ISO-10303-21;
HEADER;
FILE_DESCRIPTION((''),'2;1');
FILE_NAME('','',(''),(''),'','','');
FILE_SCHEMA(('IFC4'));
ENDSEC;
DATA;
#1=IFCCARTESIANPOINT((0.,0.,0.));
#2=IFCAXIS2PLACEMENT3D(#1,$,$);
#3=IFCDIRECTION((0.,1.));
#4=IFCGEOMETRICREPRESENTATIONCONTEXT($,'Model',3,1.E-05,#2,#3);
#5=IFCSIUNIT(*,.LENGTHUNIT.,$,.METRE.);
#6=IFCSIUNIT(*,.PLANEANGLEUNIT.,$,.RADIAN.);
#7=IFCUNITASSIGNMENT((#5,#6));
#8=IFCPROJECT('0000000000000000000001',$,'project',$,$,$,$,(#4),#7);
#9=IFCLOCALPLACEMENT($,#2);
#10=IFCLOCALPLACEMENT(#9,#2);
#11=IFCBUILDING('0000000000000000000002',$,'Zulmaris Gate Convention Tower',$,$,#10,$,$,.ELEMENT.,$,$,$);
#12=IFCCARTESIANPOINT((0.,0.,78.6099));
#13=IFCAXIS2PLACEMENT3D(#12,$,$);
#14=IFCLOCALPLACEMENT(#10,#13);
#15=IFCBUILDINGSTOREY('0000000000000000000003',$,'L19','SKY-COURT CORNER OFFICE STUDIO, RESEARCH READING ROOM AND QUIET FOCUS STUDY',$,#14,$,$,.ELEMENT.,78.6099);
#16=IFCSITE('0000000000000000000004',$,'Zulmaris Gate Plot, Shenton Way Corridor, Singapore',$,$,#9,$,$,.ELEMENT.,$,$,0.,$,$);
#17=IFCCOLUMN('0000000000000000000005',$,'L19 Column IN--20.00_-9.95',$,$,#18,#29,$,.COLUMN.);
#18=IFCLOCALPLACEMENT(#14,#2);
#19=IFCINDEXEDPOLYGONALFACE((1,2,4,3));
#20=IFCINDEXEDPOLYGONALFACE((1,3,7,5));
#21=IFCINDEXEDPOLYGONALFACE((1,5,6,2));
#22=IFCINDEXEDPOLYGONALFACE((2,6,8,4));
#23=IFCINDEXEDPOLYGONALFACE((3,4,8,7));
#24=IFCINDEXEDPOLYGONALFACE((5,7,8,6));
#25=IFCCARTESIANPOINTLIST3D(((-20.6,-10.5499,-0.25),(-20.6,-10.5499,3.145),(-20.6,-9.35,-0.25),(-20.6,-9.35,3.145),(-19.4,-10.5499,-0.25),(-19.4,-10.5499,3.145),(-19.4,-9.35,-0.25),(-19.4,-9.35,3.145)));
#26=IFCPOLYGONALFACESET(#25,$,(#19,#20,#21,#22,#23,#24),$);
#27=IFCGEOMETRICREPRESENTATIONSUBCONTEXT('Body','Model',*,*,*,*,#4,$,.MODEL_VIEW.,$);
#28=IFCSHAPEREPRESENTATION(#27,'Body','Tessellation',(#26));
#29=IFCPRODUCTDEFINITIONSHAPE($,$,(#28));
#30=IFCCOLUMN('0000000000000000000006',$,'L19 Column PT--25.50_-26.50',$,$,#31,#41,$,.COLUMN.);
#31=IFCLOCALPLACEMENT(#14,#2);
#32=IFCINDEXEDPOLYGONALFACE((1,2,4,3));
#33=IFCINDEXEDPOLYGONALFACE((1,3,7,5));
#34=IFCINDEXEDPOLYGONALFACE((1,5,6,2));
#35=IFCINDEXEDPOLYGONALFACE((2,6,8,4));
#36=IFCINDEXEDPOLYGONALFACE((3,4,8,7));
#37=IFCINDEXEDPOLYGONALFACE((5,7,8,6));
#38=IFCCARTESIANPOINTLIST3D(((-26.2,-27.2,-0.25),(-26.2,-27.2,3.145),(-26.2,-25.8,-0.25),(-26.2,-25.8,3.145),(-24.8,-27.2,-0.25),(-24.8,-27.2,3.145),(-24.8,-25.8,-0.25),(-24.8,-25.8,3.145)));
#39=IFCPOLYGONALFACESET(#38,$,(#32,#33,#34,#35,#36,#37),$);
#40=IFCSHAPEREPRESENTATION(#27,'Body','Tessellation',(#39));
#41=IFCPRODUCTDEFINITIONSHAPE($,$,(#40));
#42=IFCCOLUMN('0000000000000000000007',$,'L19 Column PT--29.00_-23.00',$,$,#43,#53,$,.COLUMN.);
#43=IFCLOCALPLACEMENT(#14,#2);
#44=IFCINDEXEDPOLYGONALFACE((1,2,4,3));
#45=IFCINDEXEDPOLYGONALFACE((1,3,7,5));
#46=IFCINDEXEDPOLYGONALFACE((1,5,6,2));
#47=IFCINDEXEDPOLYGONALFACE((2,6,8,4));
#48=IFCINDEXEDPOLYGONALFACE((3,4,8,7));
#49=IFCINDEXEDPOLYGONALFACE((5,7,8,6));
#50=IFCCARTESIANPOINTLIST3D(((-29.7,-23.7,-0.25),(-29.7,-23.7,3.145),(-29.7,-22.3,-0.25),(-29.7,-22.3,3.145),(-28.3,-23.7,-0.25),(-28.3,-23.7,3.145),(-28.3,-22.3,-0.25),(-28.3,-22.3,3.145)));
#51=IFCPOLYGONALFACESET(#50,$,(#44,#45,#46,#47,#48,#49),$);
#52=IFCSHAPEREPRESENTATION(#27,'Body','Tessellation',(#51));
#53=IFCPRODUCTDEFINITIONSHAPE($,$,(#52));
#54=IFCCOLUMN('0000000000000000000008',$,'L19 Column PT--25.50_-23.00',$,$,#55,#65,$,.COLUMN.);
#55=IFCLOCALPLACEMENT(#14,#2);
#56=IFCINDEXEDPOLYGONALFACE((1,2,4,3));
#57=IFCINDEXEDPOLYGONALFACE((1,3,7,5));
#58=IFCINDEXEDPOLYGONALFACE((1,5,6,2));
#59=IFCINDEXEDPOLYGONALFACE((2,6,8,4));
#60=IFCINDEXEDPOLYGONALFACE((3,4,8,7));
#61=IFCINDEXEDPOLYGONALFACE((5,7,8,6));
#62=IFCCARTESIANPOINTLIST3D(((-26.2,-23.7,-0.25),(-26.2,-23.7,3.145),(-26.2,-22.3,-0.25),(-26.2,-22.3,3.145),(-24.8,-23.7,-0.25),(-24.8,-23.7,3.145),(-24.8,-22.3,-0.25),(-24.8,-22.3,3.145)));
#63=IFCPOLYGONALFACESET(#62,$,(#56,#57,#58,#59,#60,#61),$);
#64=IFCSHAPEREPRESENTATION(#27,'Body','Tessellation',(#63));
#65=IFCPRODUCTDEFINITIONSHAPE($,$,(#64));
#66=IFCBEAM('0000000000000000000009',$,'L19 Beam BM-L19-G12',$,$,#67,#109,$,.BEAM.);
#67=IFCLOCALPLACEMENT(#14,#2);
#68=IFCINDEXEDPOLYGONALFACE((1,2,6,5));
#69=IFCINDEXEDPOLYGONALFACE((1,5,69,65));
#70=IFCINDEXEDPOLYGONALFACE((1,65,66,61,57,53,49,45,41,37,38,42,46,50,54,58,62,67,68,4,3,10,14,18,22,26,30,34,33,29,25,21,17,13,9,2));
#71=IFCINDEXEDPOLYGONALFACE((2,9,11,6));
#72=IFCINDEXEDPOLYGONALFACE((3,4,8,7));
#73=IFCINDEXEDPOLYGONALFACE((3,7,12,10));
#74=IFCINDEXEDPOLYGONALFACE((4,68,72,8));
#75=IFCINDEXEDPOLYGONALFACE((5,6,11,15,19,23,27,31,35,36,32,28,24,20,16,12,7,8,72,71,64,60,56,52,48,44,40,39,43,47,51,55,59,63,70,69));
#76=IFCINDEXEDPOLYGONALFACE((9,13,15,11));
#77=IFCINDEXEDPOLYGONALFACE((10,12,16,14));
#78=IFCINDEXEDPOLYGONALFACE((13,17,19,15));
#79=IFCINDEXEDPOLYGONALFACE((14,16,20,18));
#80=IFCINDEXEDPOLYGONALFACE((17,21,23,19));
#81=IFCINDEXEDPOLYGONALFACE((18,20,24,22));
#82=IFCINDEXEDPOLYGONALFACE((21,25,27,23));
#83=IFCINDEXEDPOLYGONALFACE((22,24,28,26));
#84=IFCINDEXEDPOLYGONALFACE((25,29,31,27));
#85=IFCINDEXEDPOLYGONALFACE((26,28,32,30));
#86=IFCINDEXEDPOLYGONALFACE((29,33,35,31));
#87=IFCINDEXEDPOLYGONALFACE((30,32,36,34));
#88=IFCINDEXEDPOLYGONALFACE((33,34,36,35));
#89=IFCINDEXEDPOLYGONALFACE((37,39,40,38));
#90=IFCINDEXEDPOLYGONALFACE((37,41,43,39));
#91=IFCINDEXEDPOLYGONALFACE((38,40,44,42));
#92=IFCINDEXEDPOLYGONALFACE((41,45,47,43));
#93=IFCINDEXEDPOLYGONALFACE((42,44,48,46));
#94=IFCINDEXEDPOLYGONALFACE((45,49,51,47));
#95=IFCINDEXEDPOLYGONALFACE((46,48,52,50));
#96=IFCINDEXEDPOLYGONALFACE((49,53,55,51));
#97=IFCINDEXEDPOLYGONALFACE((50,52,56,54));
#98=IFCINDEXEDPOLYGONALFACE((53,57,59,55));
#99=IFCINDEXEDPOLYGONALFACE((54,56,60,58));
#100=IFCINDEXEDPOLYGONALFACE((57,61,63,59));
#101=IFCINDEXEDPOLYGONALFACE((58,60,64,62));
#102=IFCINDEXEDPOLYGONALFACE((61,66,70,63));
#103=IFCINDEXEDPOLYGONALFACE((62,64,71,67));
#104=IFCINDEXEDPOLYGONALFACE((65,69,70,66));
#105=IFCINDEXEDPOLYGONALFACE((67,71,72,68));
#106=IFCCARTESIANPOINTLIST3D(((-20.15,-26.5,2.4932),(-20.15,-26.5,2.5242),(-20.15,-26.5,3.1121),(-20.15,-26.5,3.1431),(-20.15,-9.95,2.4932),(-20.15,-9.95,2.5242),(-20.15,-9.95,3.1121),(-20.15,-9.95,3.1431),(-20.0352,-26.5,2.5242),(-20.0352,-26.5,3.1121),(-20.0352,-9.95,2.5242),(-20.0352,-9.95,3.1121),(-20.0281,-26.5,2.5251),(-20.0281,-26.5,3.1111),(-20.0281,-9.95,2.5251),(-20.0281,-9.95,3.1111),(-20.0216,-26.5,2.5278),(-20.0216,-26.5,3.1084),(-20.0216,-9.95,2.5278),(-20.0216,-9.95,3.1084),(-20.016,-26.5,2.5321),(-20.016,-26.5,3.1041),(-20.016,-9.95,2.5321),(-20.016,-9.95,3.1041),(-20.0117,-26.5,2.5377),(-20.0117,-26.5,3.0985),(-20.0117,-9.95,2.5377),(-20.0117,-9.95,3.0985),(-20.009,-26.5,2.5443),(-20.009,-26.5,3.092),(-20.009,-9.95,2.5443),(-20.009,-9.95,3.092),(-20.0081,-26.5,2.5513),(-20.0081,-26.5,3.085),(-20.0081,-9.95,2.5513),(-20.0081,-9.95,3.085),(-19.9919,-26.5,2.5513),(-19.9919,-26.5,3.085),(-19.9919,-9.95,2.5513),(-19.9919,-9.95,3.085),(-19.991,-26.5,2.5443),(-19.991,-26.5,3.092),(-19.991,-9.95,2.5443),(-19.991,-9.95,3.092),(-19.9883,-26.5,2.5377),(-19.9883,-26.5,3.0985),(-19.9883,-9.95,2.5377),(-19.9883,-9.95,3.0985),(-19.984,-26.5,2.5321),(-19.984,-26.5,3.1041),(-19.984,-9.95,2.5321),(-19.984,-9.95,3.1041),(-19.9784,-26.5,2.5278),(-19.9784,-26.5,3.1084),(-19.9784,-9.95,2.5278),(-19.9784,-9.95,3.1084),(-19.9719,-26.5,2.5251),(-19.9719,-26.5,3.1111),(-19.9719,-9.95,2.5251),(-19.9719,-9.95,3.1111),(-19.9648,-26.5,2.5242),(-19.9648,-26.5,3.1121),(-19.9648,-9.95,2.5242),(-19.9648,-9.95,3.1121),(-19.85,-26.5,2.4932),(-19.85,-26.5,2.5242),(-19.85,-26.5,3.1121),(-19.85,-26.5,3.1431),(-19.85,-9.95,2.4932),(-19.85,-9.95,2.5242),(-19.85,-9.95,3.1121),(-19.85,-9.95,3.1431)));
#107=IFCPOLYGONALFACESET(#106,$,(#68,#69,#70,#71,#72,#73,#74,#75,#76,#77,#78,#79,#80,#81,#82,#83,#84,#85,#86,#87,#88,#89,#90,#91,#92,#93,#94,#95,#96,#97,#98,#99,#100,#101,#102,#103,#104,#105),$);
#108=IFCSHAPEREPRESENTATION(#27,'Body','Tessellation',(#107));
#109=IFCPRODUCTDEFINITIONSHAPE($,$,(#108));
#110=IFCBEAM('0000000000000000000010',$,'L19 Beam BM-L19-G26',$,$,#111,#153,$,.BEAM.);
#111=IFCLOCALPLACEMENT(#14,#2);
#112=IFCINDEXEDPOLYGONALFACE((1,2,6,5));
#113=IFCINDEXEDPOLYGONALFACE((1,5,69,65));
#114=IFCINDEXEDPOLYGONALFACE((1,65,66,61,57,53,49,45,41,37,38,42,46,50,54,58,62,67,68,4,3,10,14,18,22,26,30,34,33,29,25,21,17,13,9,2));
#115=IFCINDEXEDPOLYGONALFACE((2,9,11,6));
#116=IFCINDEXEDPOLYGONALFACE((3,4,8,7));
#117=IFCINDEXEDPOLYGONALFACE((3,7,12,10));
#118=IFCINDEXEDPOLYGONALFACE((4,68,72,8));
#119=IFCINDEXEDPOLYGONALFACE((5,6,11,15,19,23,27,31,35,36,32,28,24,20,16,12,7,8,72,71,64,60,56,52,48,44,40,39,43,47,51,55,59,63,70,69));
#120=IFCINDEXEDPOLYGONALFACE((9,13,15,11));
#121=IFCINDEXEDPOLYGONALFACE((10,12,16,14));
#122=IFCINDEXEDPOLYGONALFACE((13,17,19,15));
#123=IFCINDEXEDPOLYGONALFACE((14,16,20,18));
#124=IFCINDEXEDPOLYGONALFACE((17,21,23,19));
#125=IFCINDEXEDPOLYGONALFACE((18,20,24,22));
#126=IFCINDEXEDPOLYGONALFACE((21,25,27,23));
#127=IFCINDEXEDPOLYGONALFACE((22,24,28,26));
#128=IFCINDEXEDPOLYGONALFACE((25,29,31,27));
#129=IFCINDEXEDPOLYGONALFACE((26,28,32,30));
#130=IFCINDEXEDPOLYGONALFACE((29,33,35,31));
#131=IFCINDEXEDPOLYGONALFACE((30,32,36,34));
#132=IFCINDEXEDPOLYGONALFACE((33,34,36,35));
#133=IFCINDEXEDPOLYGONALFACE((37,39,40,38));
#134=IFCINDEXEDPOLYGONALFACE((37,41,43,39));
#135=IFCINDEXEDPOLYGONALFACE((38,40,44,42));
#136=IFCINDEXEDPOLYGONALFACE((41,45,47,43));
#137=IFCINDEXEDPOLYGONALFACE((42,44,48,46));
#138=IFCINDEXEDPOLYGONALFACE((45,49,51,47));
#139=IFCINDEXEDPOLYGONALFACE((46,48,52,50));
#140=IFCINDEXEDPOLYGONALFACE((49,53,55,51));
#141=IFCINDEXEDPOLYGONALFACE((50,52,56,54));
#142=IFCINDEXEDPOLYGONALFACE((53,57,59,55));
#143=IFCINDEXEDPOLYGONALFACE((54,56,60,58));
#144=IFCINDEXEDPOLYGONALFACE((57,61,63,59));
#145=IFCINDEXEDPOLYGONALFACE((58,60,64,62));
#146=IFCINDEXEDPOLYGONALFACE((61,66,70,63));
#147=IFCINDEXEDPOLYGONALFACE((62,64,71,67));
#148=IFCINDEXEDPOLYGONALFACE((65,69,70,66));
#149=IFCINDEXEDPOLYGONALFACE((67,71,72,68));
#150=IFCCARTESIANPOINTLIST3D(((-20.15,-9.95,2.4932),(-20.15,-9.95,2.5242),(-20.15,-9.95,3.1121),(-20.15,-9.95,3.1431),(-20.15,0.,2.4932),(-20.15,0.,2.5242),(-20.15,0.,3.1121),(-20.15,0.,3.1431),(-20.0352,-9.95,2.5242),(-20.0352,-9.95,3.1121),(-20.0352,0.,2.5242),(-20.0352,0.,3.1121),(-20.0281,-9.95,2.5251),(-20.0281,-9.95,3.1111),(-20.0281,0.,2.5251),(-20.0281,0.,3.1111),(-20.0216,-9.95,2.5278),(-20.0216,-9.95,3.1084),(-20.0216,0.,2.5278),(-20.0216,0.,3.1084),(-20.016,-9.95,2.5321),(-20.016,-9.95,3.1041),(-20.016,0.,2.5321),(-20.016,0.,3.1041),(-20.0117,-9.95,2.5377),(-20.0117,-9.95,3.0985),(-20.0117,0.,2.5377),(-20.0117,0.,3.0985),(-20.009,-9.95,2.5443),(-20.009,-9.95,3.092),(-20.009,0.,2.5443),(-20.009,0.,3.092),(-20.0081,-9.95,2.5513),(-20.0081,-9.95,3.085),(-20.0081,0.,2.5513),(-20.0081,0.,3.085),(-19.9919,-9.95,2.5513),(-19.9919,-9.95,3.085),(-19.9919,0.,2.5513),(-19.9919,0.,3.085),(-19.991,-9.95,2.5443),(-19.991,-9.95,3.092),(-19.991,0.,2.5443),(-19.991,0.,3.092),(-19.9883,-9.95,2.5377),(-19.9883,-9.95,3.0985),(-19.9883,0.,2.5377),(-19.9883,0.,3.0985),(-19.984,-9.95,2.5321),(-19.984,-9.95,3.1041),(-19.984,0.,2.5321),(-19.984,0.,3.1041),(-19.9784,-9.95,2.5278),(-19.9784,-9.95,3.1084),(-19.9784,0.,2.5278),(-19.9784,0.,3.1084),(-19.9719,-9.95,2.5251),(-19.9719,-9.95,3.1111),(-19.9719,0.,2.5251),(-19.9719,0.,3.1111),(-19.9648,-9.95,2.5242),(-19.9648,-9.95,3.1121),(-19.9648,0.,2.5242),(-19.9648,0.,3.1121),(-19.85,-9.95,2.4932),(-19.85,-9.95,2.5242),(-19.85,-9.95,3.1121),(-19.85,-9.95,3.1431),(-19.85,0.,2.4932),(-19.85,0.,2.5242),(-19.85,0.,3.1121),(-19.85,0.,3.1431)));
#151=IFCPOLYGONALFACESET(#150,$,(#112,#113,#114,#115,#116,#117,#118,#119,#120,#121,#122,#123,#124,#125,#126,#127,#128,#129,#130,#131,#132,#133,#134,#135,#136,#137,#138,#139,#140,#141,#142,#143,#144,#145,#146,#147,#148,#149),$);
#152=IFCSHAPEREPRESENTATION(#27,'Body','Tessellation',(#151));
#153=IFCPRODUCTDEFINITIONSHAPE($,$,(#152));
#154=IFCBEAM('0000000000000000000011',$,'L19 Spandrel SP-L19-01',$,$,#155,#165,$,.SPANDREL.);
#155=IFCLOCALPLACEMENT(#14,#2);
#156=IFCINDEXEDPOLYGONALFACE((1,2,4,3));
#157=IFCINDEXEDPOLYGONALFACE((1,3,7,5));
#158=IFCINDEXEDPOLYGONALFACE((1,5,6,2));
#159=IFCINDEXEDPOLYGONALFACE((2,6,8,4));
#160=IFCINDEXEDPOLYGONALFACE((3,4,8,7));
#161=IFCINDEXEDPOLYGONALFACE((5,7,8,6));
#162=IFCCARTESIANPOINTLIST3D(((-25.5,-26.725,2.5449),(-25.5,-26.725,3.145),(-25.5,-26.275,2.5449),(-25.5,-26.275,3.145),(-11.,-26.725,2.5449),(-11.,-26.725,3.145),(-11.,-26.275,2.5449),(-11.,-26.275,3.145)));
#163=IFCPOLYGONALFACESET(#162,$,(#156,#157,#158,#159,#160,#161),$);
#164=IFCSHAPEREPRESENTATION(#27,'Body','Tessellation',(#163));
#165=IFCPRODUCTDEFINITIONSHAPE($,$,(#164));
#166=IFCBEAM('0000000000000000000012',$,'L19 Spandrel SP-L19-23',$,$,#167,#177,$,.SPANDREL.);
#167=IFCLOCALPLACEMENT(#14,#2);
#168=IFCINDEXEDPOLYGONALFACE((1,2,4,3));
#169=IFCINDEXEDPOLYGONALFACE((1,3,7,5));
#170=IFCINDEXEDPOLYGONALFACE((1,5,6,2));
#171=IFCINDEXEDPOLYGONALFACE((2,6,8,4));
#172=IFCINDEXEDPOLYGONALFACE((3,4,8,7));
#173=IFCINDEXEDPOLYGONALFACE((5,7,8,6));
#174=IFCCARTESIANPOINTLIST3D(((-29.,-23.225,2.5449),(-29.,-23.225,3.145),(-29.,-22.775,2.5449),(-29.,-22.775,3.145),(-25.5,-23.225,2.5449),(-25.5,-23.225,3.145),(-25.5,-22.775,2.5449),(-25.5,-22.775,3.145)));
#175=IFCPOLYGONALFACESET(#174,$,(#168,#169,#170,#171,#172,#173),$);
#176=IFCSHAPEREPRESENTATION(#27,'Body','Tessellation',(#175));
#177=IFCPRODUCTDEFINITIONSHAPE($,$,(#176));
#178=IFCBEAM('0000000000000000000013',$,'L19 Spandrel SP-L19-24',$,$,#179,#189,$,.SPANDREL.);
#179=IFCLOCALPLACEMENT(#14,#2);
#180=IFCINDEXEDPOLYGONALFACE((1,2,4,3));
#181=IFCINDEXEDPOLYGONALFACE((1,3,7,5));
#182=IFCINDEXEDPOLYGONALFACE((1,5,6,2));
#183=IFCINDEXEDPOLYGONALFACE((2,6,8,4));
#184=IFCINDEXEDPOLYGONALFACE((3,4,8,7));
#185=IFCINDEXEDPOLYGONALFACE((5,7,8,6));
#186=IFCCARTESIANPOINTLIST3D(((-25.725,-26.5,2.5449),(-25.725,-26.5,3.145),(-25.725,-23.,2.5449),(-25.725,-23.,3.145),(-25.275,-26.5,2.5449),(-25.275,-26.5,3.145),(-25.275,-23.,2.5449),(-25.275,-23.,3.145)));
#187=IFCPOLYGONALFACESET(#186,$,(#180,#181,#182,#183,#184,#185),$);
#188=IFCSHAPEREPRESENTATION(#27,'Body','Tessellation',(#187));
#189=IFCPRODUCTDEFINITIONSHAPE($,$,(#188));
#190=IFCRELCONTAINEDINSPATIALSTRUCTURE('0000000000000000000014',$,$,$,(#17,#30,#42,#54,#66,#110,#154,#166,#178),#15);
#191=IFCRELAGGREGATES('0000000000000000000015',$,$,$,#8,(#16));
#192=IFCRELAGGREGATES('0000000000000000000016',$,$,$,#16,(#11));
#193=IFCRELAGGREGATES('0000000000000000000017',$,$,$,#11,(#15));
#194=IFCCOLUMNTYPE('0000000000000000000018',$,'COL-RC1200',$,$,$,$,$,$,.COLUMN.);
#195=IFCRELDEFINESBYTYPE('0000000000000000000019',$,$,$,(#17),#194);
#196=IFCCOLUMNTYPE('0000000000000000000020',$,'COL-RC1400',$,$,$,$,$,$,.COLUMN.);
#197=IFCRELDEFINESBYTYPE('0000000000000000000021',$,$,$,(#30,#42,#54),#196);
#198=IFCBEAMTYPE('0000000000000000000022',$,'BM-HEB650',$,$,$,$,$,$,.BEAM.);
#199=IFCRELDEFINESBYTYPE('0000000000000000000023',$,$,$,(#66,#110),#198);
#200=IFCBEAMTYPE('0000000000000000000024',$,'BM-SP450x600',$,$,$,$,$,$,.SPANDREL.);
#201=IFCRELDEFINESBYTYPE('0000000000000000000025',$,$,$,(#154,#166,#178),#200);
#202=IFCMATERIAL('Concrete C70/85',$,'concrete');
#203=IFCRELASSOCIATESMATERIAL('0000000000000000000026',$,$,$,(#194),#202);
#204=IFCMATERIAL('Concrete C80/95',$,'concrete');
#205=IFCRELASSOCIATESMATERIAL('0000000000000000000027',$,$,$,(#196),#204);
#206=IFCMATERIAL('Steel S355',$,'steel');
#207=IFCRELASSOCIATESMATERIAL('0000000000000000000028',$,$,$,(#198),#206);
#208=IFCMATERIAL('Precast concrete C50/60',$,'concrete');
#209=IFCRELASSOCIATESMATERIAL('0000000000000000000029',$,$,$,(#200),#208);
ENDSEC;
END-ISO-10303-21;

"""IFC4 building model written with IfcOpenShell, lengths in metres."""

from ifc_helpers import new_model, si_unit, direction, frame, origin, origin_2d, place, context, subcontext, project, spatial, rectangle, i_section, extrude, material, material_profile, profile_set, type_object, element, save


model = new_model("IFC4")

# Units and contexts
model_context = context("Model", 3, precision=1e-05, world=origin(), true_north=direction((0.0, 1.0)))
body_context = subcontext(model_context, "Body", "Model", "MODEL_VIEW")
ifc_project = project(units=[si_unit("LENGTHUNIT", "METRE"), si_unit("PLANEANGLEUNIT", "RADIAN")], contexts=[model_context])

# Site, building, storey
site_placement = place(None, origin())
site = spatial("IfcSite", under=ifc_project, at=site_placement, Name="Zulmaris Gate Plot, Shenton Way Corridor, Singapore", CompositionType="ELEMENT", RefElevation=0.0)
building_placement = place(site_placement, origin())
building = spatial("IfcBuilding", under=site, at=building_placement, Name="Zulmaris Gate Convention Tower", CompositionType="ELEMENT")
storey_placement = place(building_placement, frame((0.0, 0.0, 78.6099)))
storey = spatial("IfcBuildingStorey", under=building, at=storey_placement, Name="L19", Description="SKY-COURT CORNER OFFICE STUDIO, RESEARCH READING ROOM AND QUIET FOCUS STUDY", CompositionType="ELEMENT", Elevation=78.6099)

# Columns
ifc_material_1 = material(Name="Concrete C70/85", Category="concrete")
ifc_material_profile_1 = material_profile(ifc_material_1, rectangle(XDim=1.2, YDim=1.2, at=origin_2d()), Name="RC COL 1200x1200")
ifc_profile_set_1 = profile_set([ifc_material_profile_1], Name="Concrete C70/85")
column_type_1 = type_object("IfcColumnType", Name="COL-RC1200", PredefinedType="COLUMN", material=ifc_profile_set_1)
column_placement = place(storey_placement, frame((-20.0, -9.95, -0.25), z_axis=(0.0, 0.0, 1.0), x_axis=(1.0, 0.0, 0.0)))
element("IfcColumn", 1, at=column_placement, inside=storey, type_object=column_type_1, Name="L19 Column IN--20.00_-9.95", PredefinedType="COLUMN", context=body_context, shape_type="SweptSolid", body=[
    extrude(rectangle(XDim=1.2, YDim=1.2, at=origin_2d()), origin(), (0.0, 0.0, 1.0), 3.395),
])
ifc_material_2 = material(Name="Concrete C80/95", Category="concrete")
ifc_material_profile_2 = material_profile(ifc_material_2, rectangle(XDim=1.3999, YDim=1.3999, at=origin_2d()), Name="RC COL 1400x1400")
ifc_profile_set_2 = profile_set([ifc_material_profile_2], Name="Concrete C80/95")
column_type_2 = type_object("IfcColumnType", Name="COL-RC1400", PredefinedType="COLUMN", material=ifc_profile_set_2)
for number, where, z_axis, x_axis, name in (
    (2, (-25.5, -26.5, -0.25), (0.0, 0.0, 1.0), (1.0, 0.0, 0.0), "L19 Column PT--25.50_-26.50"),
    (3, (-29.0, -23.0, -0.25), (0.0, 0.0, 1.0), (1.0, 0.0, 0.0), "L19 Column PT--29.00_-23.00"),
    (4, (-25.5, -23.0, -0.25), (0.0, 0.0, 1.0), (1.0, 0.0, 0.0), "L19 Column PT--25.50_-23.00"),
):
    element("IfcColumn", number, at=place(storey_placement, frame(where, z_axis=z_axis, x_axis=x_axis)), inside=storey, type_object=column_type_2, Name=name, PredefinedType="COLUMN", context=body_context, shape_type="SweptSolid", body=[
        extrude(rectangle(XDim=1.3999, YDim=1.3999, at=origin_2d()), origin(), (0.0, 0.0, 1.0), 3.395),
    ])

# Beams
ifc_material_3 = material(Name="Steel S355", Category="steel")
ifc_material_profile_3 = material_profile(ifc_material_3, i_section(OverallWidth=0.3, OverallDepth=0.6499, WebThickness=0.0161, FlangeThickness=0.031, FilletRadius=0.0271, at=origin_2d()), Name="HEB 650")
ifc_profile_set_3 = profile_set([ifc_material_profile_3], Name="Steel S355")
beam_type_1 = type_object("IfcBeamType", Name="BM-HEB650", PredefinedType="BEAM", material=ifc_profile_set_3)
beam_1_placement = place(storey_placement, frame((-20.0, -26.5, 2.8181), z_axis=(0.0, 1.0, 0.0), x_axis=(-1.0, 0.0, 0.0)))
element("IfcBeam", 5, at=beam_1_placement, inside=storey, type_object=beam_type_1, Name="L19 Beam BM-L19-G12", PredefinedType="BEAM", context=body_context, shape_type="SweptSolid", body=[
    extrude(i_section(OverallWidth=0.3, OverallDepth=0.6499, WebThickness=0.0161, FlangeThickness=0.031, FilletRadius=0.0271, at=origin_2d()), origin(), (0.0, 0.0, 1.0), 16.55),
])
beam_2_placement = place(storey_placement, frame((-20.0, -9.95, 2.8181), z_axis=(0.0, 1.0, 0.0), x_axis=(-1.0, 0.0, 0.0)))
element("IfcBeam", 6, at=beam_2_placement, inside=storey, type_object=beam_type_1, Name="L19 Beam BM-L19-G26", PredefinedType="BEAM", context=body_context, shape_type="SweptSolid", body=[
    extrude(i_section(OverallWidth=0.3, OverallDepth=0.6499, WebThickness=0.0161, FlangeThickness=0.031, FilletRadius=0.0271, at=origin_2d()), origin(), (0.0, 0.0, 1.0), 9.95),
])
ifc_material_4 = material(Name="Precast concrete C50/60", Category="concrete")
ifc_material_profile_4 = material_profile(ifc_material_4, rectangle(XDim=0.45, YDim=0.6001, at=origin_2d()), Name="RC SPANDREL 450x600")
ifc_profile_set_4 = profile_set([ifc_material_profile_4], Name="Precast concrete C50/60")
beam_type_2 = type_object("IfcBeamType", Name="BM-SP450x600", PredefinedType="SPANDREL", material=ifc_profile_set_4)
beam_3_placement = place(storey_placement, frame((-25.5, -26.5, 2.845), z_axis=(1.0, 0.0, 0.0), x_axis=(0.0, 1.0, 0.0)))
element("IfcBeam", 7, at=beam_3_placement, inside=storey, type_object=beam_type_2, Name="L19 Spandrel SP-L19-01", PredefinedType="SPANDREL", context=body_context, shape_type="SweptSolid", body=[
    extrude(rectangle(XDim=0.45, YDim=0.6001, at=origin_2d()), origin(), (0.0, 0.0, 1.0), 14.5),
])
for number, where, z_axis, x_axis, name in (
    (8, (-29.0, -23.0, 2.845), (1.0, 0.0, 0.0), (0.0, 1.0, 0.0), "L19 Spandrel SP-L19-23"),
    (9, (-25.5, -23.0, 2.845), (0.0, -1.0, 0.0), (1.0, 0.0, 0.0), "L19 Spandrel SP-L19-24"),
):
    element("IfcBeam", number, at=place(storey_placement, frame(where, z_axis=z_axis, x_axis=x_axis)), inside=storey, type_object=beam_type_2, Name=name, PredefinedType="SPANDREL", context=body_context, shape_type="SweptSolid", body=[
        extrude(rectangle(XDim=0.45, YDim=0.6001, at=origin_2d()), origin(), (0.0, 0.0, 1.0), 3.5),
    ])

save(model, "model.ifc")
